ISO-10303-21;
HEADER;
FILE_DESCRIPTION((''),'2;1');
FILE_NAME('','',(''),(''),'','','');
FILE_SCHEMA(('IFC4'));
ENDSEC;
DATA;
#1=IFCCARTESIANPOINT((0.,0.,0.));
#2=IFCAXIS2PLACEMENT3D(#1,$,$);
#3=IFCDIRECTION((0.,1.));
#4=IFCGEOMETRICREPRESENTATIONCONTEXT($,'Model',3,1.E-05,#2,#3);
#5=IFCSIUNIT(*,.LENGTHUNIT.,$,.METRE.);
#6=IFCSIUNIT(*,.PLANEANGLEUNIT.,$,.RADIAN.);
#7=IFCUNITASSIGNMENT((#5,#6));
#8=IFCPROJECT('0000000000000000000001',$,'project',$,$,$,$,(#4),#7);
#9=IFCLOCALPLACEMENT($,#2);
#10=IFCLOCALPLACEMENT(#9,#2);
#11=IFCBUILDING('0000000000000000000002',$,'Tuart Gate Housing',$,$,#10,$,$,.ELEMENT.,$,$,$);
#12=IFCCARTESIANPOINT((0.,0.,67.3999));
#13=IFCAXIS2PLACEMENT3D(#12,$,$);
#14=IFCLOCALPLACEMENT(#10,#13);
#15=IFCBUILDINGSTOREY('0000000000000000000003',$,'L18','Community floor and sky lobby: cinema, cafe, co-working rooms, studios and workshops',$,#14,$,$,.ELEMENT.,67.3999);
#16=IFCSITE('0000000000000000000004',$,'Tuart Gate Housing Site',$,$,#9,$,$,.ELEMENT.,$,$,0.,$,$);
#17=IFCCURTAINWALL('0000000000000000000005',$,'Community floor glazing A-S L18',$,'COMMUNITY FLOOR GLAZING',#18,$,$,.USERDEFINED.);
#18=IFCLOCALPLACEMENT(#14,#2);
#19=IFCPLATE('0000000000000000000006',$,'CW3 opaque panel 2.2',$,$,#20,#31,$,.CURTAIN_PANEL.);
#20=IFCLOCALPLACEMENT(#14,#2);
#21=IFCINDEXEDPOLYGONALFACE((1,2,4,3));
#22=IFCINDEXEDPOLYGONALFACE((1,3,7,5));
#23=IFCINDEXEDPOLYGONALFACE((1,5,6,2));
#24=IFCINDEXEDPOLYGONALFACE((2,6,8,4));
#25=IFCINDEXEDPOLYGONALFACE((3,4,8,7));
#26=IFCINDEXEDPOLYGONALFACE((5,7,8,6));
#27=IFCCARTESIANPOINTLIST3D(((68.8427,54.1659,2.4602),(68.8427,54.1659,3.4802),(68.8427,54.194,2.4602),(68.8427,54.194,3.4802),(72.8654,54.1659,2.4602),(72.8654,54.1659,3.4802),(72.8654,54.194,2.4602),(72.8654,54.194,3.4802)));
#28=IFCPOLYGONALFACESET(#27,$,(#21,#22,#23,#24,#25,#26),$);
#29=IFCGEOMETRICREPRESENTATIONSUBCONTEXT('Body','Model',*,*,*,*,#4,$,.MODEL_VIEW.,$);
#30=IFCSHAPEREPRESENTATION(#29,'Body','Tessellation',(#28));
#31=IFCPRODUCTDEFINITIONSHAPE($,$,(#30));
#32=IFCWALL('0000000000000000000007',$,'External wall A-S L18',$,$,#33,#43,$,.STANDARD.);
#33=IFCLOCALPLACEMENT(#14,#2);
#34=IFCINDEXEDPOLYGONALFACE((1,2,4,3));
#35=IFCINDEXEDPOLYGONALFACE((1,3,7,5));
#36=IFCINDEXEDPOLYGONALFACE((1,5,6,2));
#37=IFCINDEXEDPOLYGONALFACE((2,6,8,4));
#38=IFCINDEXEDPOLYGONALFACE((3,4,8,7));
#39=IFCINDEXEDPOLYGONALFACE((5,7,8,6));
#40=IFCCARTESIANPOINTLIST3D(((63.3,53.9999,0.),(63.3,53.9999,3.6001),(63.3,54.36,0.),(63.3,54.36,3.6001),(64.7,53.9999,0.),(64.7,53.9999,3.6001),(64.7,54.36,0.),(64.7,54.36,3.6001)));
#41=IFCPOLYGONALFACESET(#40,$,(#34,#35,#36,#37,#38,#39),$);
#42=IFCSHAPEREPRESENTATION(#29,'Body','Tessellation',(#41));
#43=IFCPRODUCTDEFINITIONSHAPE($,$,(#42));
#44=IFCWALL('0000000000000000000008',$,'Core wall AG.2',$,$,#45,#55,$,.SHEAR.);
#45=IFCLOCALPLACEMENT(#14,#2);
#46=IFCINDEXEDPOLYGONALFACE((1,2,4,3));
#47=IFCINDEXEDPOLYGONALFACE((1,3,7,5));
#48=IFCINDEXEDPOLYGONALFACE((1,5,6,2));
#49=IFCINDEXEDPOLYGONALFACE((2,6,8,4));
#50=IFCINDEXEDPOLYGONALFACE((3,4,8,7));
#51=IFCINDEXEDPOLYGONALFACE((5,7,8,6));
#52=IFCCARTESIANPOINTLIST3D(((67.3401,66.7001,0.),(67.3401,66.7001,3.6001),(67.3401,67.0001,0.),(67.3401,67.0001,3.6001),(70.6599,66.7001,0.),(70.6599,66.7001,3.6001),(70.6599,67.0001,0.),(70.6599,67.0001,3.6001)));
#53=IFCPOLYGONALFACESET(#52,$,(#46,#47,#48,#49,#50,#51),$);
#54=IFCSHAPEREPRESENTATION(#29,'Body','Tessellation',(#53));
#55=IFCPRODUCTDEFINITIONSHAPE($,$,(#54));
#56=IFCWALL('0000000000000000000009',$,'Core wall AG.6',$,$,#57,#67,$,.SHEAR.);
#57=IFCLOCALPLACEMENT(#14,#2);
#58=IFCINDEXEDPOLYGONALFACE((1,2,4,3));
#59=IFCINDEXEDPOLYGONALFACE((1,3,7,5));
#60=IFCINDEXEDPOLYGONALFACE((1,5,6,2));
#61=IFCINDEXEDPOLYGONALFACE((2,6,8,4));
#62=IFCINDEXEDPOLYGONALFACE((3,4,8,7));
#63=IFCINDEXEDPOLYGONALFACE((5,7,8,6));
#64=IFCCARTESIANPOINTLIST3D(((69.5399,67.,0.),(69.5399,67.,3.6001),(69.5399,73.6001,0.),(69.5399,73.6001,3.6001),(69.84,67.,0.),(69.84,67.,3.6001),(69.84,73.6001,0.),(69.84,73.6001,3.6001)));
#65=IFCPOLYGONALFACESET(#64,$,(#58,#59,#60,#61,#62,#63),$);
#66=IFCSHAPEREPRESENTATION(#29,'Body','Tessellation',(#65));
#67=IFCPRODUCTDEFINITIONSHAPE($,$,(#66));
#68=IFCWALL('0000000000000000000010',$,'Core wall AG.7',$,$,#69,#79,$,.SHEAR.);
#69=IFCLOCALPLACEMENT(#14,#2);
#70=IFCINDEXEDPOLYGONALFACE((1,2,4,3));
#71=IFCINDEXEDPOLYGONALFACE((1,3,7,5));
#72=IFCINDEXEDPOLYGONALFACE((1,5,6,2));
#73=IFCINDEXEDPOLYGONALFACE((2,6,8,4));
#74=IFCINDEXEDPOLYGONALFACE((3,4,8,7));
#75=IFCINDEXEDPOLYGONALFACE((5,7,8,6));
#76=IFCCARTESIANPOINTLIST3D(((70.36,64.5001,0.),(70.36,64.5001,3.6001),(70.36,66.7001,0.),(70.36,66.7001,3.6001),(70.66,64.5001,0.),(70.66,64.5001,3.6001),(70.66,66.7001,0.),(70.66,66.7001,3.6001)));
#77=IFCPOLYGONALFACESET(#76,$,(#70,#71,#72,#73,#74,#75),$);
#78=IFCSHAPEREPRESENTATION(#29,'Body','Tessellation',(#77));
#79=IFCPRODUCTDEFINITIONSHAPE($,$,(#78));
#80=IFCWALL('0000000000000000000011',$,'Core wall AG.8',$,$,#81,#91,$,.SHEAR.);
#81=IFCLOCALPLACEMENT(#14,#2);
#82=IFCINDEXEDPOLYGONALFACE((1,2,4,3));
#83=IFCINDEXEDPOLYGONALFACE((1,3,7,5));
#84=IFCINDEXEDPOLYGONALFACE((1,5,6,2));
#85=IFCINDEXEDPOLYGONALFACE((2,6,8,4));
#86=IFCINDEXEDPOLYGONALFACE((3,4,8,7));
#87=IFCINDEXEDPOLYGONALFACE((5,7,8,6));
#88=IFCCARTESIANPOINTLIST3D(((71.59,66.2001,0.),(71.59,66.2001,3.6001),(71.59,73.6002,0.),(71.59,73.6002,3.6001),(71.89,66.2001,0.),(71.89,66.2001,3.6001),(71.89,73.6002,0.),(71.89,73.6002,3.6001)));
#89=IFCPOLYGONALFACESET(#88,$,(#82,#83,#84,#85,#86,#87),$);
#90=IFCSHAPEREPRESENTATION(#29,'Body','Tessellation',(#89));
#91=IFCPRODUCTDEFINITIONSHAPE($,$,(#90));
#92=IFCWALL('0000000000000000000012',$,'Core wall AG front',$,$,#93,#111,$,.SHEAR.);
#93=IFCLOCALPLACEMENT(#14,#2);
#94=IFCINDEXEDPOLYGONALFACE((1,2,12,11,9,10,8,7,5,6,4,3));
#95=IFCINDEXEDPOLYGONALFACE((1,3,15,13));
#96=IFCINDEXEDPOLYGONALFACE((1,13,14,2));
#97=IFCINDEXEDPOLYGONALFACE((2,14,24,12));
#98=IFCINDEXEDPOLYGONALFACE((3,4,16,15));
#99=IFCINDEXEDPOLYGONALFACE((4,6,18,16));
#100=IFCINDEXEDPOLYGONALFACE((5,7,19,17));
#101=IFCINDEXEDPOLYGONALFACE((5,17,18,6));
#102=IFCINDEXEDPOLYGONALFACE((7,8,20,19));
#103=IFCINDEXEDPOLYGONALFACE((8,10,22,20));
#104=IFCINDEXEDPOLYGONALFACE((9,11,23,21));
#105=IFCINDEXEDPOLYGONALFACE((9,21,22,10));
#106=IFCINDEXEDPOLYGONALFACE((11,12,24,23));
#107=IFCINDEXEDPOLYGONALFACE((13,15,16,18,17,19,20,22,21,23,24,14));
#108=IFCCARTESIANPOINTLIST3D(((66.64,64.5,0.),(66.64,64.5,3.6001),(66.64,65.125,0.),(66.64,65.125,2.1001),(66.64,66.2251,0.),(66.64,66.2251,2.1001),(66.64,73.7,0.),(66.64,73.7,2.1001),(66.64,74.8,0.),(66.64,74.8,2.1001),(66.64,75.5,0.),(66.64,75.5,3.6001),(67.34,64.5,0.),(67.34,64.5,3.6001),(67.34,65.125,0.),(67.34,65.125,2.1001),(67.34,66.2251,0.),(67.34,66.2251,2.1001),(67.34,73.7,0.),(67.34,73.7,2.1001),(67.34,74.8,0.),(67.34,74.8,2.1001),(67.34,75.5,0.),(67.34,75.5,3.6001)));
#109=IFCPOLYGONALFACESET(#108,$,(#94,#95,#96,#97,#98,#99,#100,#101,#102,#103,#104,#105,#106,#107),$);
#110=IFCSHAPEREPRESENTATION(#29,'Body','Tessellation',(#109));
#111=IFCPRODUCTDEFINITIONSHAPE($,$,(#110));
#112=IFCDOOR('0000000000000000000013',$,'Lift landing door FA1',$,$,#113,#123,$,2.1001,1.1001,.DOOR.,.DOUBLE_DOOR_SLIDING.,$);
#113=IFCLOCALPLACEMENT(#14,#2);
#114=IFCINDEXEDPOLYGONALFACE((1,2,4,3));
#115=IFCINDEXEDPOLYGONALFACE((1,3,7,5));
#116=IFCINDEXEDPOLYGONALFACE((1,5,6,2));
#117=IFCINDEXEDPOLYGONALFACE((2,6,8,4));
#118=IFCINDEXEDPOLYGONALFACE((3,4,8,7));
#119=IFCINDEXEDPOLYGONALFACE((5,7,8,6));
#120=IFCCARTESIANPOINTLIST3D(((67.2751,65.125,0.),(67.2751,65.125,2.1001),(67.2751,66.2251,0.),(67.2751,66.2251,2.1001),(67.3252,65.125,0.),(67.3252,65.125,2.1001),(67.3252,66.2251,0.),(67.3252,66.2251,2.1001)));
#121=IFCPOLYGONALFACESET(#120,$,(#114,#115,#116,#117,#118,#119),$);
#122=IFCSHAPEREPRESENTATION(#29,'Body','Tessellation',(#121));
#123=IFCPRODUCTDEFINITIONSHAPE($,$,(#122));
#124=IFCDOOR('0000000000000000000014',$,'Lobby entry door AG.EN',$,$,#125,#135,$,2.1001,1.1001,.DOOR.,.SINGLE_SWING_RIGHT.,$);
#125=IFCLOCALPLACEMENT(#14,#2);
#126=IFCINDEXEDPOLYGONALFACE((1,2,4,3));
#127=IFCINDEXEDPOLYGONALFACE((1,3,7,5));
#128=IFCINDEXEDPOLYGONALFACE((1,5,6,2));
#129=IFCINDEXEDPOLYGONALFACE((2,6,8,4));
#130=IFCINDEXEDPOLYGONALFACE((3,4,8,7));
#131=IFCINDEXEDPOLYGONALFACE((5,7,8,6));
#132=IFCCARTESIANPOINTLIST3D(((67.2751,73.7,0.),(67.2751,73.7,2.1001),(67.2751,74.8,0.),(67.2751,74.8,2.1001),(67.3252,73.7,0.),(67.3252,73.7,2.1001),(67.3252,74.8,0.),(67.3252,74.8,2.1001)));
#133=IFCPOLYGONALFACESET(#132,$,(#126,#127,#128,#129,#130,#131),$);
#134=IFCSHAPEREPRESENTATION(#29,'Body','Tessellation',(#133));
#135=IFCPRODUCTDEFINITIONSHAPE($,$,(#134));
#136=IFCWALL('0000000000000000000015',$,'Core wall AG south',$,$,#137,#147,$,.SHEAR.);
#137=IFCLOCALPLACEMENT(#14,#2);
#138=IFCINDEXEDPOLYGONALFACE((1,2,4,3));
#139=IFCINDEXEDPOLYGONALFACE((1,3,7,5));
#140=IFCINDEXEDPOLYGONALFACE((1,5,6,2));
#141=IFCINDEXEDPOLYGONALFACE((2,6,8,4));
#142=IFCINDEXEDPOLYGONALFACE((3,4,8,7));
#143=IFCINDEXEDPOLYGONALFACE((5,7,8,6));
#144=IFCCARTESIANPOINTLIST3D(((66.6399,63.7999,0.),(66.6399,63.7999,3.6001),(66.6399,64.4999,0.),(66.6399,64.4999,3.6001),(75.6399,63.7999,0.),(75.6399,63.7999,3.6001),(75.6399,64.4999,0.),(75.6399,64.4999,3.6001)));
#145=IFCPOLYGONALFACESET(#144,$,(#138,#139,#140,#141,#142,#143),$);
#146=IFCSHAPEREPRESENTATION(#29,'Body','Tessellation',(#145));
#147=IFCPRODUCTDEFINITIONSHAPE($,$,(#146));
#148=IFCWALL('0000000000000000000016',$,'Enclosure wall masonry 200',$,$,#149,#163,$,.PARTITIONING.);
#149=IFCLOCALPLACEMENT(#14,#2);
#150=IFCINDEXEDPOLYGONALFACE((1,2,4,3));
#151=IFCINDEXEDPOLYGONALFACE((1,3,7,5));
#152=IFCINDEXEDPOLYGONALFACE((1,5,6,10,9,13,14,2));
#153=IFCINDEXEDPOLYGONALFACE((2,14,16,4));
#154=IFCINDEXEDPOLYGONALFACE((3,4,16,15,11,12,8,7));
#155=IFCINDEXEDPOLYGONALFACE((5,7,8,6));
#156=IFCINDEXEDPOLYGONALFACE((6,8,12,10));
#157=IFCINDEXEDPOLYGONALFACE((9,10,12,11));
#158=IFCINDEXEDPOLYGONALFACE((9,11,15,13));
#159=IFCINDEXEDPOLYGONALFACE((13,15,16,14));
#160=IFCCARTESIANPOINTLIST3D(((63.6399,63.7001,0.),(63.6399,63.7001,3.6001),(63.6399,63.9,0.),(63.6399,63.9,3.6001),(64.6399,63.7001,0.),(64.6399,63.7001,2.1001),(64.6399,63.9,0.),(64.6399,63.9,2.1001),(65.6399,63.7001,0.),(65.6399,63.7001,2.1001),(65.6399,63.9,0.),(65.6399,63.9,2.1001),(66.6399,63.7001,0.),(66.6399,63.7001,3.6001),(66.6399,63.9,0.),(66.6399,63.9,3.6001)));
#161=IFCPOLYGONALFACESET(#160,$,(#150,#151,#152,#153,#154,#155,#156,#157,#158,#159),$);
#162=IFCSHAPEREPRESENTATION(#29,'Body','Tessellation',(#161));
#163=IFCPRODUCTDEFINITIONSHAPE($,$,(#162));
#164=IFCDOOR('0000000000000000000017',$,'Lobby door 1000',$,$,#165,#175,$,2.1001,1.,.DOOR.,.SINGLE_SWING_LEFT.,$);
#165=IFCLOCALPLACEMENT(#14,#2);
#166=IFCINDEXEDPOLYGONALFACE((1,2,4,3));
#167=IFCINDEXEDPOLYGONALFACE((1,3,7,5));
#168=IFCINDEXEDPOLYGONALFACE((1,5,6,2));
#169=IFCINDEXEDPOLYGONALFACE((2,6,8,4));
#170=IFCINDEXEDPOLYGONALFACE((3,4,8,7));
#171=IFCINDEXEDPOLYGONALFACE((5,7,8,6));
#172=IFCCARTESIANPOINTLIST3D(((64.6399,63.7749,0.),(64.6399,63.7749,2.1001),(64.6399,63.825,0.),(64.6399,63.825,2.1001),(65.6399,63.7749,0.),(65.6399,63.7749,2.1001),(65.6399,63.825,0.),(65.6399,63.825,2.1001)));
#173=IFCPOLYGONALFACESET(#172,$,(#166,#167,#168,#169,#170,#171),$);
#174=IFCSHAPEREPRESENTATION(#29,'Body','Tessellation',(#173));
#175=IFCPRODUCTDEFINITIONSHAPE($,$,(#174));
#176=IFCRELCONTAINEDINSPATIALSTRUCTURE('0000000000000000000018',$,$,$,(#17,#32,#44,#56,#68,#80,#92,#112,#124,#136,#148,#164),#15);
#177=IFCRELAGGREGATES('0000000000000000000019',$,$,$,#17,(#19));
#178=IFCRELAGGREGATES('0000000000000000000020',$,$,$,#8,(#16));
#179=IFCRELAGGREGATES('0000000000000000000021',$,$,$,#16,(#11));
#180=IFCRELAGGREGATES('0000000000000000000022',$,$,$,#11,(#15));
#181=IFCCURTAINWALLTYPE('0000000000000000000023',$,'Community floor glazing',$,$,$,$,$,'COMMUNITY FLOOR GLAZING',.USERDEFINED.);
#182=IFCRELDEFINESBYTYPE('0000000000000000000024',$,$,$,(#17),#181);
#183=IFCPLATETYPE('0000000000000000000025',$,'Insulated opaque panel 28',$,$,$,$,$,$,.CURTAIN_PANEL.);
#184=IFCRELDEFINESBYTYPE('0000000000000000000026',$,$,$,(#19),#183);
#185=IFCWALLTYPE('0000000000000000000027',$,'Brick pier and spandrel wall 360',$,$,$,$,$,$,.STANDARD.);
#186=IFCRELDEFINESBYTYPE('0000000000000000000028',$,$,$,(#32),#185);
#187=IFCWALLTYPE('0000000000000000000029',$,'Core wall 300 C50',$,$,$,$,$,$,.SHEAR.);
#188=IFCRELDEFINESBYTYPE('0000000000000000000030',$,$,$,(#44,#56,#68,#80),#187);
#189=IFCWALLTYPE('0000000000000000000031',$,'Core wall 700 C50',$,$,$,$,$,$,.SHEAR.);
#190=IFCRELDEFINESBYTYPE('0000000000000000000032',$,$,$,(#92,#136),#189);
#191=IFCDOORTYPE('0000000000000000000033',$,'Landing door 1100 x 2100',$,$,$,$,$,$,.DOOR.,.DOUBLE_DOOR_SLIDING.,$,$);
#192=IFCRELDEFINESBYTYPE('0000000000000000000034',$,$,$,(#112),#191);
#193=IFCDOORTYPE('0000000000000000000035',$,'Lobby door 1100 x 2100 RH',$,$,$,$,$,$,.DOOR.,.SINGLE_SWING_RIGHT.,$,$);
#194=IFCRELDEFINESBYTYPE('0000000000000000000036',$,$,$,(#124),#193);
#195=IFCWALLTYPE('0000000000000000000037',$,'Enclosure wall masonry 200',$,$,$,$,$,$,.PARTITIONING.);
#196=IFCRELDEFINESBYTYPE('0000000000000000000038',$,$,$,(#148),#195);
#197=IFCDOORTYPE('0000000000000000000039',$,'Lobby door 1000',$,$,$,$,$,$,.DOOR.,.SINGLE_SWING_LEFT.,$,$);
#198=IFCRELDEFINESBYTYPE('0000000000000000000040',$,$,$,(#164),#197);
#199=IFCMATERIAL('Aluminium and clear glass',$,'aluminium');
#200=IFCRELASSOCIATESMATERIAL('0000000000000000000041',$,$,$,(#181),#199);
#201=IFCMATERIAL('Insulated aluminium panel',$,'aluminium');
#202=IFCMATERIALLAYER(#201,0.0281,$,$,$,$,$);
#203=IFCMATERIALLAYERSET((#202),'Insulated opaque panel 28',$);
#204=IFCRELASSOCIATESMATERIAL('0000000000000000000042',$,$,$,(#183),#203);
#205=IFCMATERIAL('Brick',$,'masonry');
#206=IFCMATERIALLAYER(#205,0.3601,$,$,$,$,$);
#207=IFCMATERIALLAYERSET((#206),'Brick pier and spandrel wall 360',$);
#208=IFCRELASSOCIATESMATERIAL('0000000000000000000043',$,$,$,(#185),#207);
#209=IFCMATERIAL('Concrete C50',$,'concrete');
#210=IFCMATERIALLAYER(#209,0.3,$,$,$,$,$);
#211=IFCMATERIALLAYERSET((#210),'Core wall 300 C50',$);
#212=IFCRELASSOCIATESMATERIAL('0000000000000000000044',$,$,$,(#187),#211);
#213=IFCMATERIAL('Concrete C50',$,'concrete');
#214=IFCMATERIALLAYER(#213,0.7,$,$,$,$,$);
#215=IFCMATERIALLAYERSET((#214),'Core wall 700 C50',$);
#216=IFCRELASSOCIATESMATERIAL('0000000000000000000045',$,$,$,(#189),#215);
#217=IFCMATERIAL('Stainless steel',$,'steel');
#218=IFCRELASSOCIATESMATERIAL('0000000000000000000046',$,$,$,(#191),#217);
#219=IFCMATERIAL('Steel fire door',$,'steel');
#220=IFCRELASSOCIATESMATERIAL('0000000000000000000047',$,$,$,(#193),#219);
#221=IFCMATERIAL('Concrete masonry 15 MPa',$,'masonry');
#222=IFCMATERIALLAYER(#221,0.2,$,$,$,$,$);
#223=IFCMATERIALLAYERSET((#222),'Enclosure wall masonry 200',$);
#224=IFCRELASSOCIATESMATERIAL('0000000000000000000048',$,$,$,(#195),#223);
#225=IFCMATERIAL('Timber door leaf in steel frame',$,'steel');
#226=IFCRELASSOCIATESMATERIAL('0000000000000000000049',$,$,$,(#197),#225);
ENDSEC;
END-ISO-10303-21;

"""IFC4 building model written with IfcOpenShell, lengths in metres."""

from ifc_helpers import new_model, si_unit, direction, frame, frame_2d, origin, origin_2d, place, context, subcontext, project, spatial, rectangle, extrude, material, layer, layer_set, type_object, element, fill, aggregate, save


model = new_model("IFC4")

# Units and contexts
model_context = context("Model", 3, precision=1e-05, world=origin(), true_north=direction((0.0, 1.0)))
body_context = subcontext(model_context, "Body", "Model", "MODEL_VIEW")
ifc_project = project(units=[si_unit("LENGTHUNIT", "METRE"), si_unit("PLANEANGLEUNIT", "RADIAN")], contexts=[model_context])

# Site, building, storey
site_placement = place(None, origin())
site = spatial("IfcSite", under=ifc_project, at=site_placement, Name="Tuart Gate Housing Site", CompositionType="ELEMENT", RefElevation=0.0)
building_placement = place(site_placement, origin())
building = spatial("IfcBuilding", under=site, at=building_placement, Name="Tuart Gate Housing", CompositionType="ELEMENT")
storey_placement = place(building_placement, frame((0.0, 0.0, 67.3999)))
storey = spatial("IfcBuildingStorey", under=building, at=storey_placement, Name="L18", Description="Community floor and sky lobby: cinema, cafe, co-working rooms, studios and workshops", CompositionType="ELEMENT", Elevation=67.3999)

# Shared definitions
ifc_material_1 = material(Name="Aluminium and clear glass", Category="aluminium")
curtain_wall_type = type_object("IfcCurtainWallType", Name="Community floor glazing", ElementType="COMMUNITY FLOOR GLAZING", PredefinedType="USERDEFINED", material=ifc_material_1)

# Curtain wall, plate
curtain_wall_1_placement = place(storey_placement, origin())
curtain_wall_1 = element("IfcCurtainWall", 1, at=curtain_wall_1_placement, inside=storey, type_object=curtain_wall_type, Name="Community floor glazing A-S L18", ObjectType="COMMUNITY FLOOR GLAZING", PredefinedType="USERDEFINED")
ifc_material_2 = material(Name="Insulated aluminium panel", Category="aluminium")
ifc_layer_1 = layer(ifc_material_2, 0.0281)
ifc_layer_set_1 = layer_set([ifc_layer_1], Name="Insulated opaque panel 28")
plate_type_1 = type_object("IfcPlateType", Name="Insulated opaque panel 28", PredefinedType="CURTAIN_PANEL", material=ifc_layer_set_1)
plate_1_placement = place(storey_placement, frame((70.854, 54.1799, 2.4602), z_axis=(0.0, 0.0, 1.0), x_axis=(1.0, 0.0, 0.0)))
plate_1 = element("IfcPlate", 2, at=plate_1_placement, type_object=plate_type_1, Name="CW3 opaque panel 2.2", PredefinedType="CURTAIN_PANEL", context=body_context, shape_type="SweptSolid", body=[
    extrude(rectangle(XDim=4.0227, YDim=0.0281, at=origin_2d()), origin(), (0.0, 0.0, 1.0), 1.02),
])
aggregate(curtain_wall_1, [plate_1])

# Walls
ifc_material_3 = material(Name="Brick", Category="masonry")
ifc_layer_2 = layer(ifc_material_3, 0.3601)
ifc_layer_set_2 = layer_set([ifc_layer_2], Name="Brick pier and spandrel wall 360")
wall_type_1 = type_object("IfcWallType", Name="Brick pier and spandrel wall 360", PredefinedType="STANDARD", material=ifc_layer_set_2)
wall_1_placement = place(storey_placement, frame((63.3, 54.1799, 0.0), z_axis=(0.0, 0.0, 1.0), x_axis=(1.0, 0.0, 0.0)))
element("IfcWall", 3, at=wall_1_placement, inside=storey, type_object=wall_type_1, Name="External wall A-S L18", PredefinedType="STANDARD", context=body_context, shape_type="SweptSolid", body=[
    extrude(rectangle(XDim=1.3999, YDim=0.3601, at=frame_2d((0.7, 0.0))), origin(), (0.0, 0.0, 1.0), 3.6001),
])
ifc_material_4 = material(Name="Concrete C50", Category="concrete")
ifc_layer_3 = layer(ifc_material_4, 0.3)
ifc_layer_set_3 = layer_set([ifc_layer_3], Name="Core wall 300 C50")
wall_type_2 = type_object("IfcWallType", Name="Core wall 300 C50", PredefinedType="SHEAR", material=ifc_layer_set_3)
wall_2_placement = place(storey_placement, frame((67.3401, 66.8501, 0.0), z_axis=(0.0, 0.0, 1.0), x_axis=(1.0, 0.0, 0.0)))
element("IfcWall", 4, at=wall_2_placement, inside=storey, type_object=wall_type_2, Name="Core wall AG.2", PredefinedType="SHEAR", context=body_context, shape_type="SweptSolid", body=[
    extrude(rectangle(XDim=3.3198, YDim=0.3, at=frame_2d((1.6599, 0.0))), origin(), (0.0, 0.0, 1.0), 3.6001),
])
wall_3_placement = place(storey_placement, frame((69.6899, 67.0, 0.0), z_axis=(0.0, 0.0, 1.0), x_axis=(0.0, 1.0, 0.0)))
element("IfcWall", 5, at=wall_3_placement, inside=storey, type_object=wall_type_2, Name="Core wall AG.6", PredefinedType="SHEAR", context=body_context, shape_type="SweptSolid", body=[
    extrude(rectangle(XDim=6.6001, YDim=0.3, at=frame_2d((3.3, 0.0))), origin(), (0.0, 0.0, 1.0), 3.6001),
])
wall_4_placement = place(storey_placement, frame((70.51, 64.5, 0.0), z_axis=(0.0, 0.0, 1.0), x_axis=(0.0, 1.0, 0.0)))
element("IfcWall", 6, at=wall_4_placement, inside=storey, type_object=wall_type_2, Name="Core wall AG.7", PredefinedType="SHEAR", context=body_context, shape_type="SweptSolid", body=[
    extrude(rectangle(XDim=2.2, YDim=0.3, at=frame_2d((1.1001, 0.0))), origin(), (0.0, 0.0, 1.0), 3.6001),
])
wall_5_placement = place(storey_placement, frame((71.74, 66.2, 0.0), z_axis=(0.0, 0.0, 1.0), x_axis=(0.0, 1.0, 0.0)))
element("IfcWall", 7, at=wall_5_placement, inside=storey, type_object=wall_type_2, Name="Core wall AG.8", PredefinedType="SHEAR", context=body_context, shape_type="SweptSolid", body=[
    extrude(rectangle(XDim=7.4001, YDim=0.3, at=frame_2d((3.7002, 0.0))), origin(), (0.0, 0.0, 1.0), 3.6001),
])

# Wall, openings, doors
ifc_material_5 = material(Name="Concrete C50", Category="concrete")
ifc_layer_4 = layer(ifc_material_5, 0.7)
ifc_layer_set_4 = layer_set([ifc_layer_4], Name="Core wall 700 C50")
wall_type_3 = type_object("IfcWallType", Name="Core wall 700 C50", PredefinedType="SHEAR", material=ifc_layer_set_4)
wall_6_placement = place(storey_placement, frame((66.99, 64.5, 0.0), z_axis=(0.0, 0.0, 1.0), x_axis=(0.0, 1.0, 0.0)))
wall_6 = element("IfcWall", 8, at=wall_6_placement, inside=storey, type_object=wall_type_3, Name="Core wall AG front", PredefinedType="SHEAR", context=body_context, shape_type="SweptSolid", body=[
    extrude(rectangle(XDim=11.0, YDim=0.7, at=frame_2d((5.5, 0.0))), origin(), (0.0, 0.0, 1.0), 3.6001),
])
opening_1_placement = place(wall_6_placement, frame((0.625, 0.0, 0.0)))
opening_1 = element("IfcOpeningElement", 9, at=opening_1_placement, cuts=wall_6, PredefinedType="OPENING", context=body_context, shape_type="SweptSolid", body=[
    extrude(rectangle(XDim=1.1001, YDim=2.1001, at=frame_2d((0.55, 1.05))), frame((0.0, 0.3599, 0.0), z_axis=(0.0, -1.0, 0.0), x_axis=(1.0, 0.0, 0.0)), (0.0, 0.0, 1.0), 0.72),
])
opening_2_placement = place(wall_6_placement, frame((9.2, 0.0, 0.0)))
opening_2 = element("IfcOpeningElement", 10, at=opening_2_placement, cuts=wall_6, PredefinedType="OPENING", context=body_context, shape_type="SweptSolid", body=[
    extrude(rectangle(XDim=1.1001, YDim=2.1001, at=frame_2d((0.55, 1.05))), frame((0.0, 0.3599, 0.0), z_axis=(0.0, -1.0, 0.0), x_axis=(1.0, 0.0, 0.0)), (0.0, 0.0, 1.0), 0.72),
])
ifc_material_6 = material(Name="Stainless steel", Category="steel")
door_type_1 = type_object("IfcDoorType", Name="Landing door 1100 x 2100", OperationType="DOUBLE_DOOR_SLIDING", PredefinedType="DOOR", material=ifc_material_6)
door_1_placement = place(opening_1_placement, origin())
door_1 = element("IfcDoor", 11, at=door_1_placement, inside=storey, type_object=door_type_1, Name="Lift landing door FA1", OperationType="DOUBLE_DOOR_SLIDING", OverallHeight=2.1001, OverallWidth=1.1001, PredefinedType="DOOR", context=body_context, shape_type="SweptSolid", body=[
    extrude(rectangle(XDim=1.1001, YDim=2.1001, at=frame_2d((0.55, 1.05))), frame((0.0, -0.2852, 0.0), z_axis=(0.0, -1.0, 0.0), x_axis=(1.0, 0.0, 0.0)), (0.0, 0.0, 1.0), 0.05),
])
fill(opening_1, door_1)
ifc_material_7 = material(Name="Steel fire door", Category="steel")
door_type_2 = type_object("IfcDoorType", Name="Lobby door 1100 x 2100 RH", OperationType="SINGLE_SWING_RIGHT", PredefinedType="DOOR", material=ifc_material_7)
door_2_placement = place(opening_2_placement, frame((1.1001, 0.0, 0.0), z_axis=(0.0, 0.0, 1.0), x_axis=(-1.0, 0.0, 0.0)))
door_2 = element("IfcDoor", 12, at=door_2_placement, inside=storey, type_object=door_type_2, Name="Lobby entry door AG.EN", OperationType="SINGLE_SWING_RIGHT", OverallHeight=2.1001, OverallWidth=1.1001, PredefinedType="DOOR", context=body_context, shape_type="SweptSolid", body=[
    extrude(rectangle(XDim=1.1001, YDim=2.1001, at=frame_2d((0.55, 1.05))), frame((0.0, 0.3352, 0.0), z_axis=(0.0, -1.0, 0.0), x_axis=(1.0, 0.0, 0.0)), (0.0, 0.0, 1.0), 0.05),
])
fill(opening_2, door_2)

# Wall
wall_7_placement = place(storey_placement, frame((66.6399, 64.1499, 0.0), z_axis=(0.0, 0.0, 1.0), x_axis=(1.0, 0.0, 0.0)))
element("IfcWall", 13, at=wall_7_placement, inside=storey, type_object=wall_type_3, Name="Core wall AG south", PredefinedType="SHEAR", context=body_context, shape_type="SweptSolid", body=[
    extrude(rectangle(XDim=9.0, YDim=0.7, at=frame_2d((4.5, 0.0))), origin(), (0.0, 0.0, 1.0), 3.6001),
])

# Wall, opening, door
ifc_material_8 = material(Name="Concrete masonry 15 MPa", Category="masonry")
ifc_layer_5 = layer(ifc_material_8, 0.2)
ifc_layer_set_5 = layer_set([ifc_layer_5], Name="Enclosure wall masonry 200")
wall_type_4 = type_object("IfcWallType", Name="Enclosure wall masonry 200", PredefinedType="PARTITIONING", material=ifc_layer_set_5)
wall_8_placement = place(storey_placement, frame((63.6399, 63.8, 0.0), z_axis=(0.0, 0.0, 1.0), x_axis=(1.0, 0.0, 0.0)))
wall_8 = element("IfcWall", 14, at=wall_8_placement, inside=storey, type_object=wall_type_4, Name="Enclosure wall masonry 200", PredefinedType="PARTITIONING", context=body_context, shape_type="SweptSolid", body=[
    extrude(rectangle(XDim=3.0, YDim=0.2, at=frame_2d((1.5, 0.0))), origin(), (0.0, 0.0, 1.0), 3.6001),
])
opening_3_placement = place(wall_8_placement, frame((1.0, 0.0, 0.0)))
opening_3 = element("IfcOpeningElement", 15, at=opening_3_placement, cuts=wall_8, PredefinedType="OPENING", context=body_context, shape_type="SweptSolid", body=[
    extrude(rectangle(XDim=1.0, YDim=2.1001, at=frame_2d((0.5, 1.05))), frame((0.0, 0.1099, 0.0), z_axis=(0.0, -1.0, 0.0), x_axis=(1.0, 0.0, 0.0)), (0.0, 0.0, 1.0), 0.22),
])
ifc_material_9 = material(Name="Timber door leaf in steel frame", Category="steel")
door_type_3 = type_object("IfcDoorType", Name="Lobby door 1000", OperationType="SINGLE_SWING_LEFT", PredefinedType="DOOR", material=ifc_material_9)
door_3_placement = place(opening_3_placement, origin())
door_3 = element("IfcDoor", 16, at=door_3_placement, inside=storey, type_object=door_type_3, Name="Lobby door 1000", OperationType="SINGLE_SWING_LEFT", OverallHeight=2.1001, OverallWidth=1.0, PredefinedType="DOOR", context=body_context, shape_type="SweptSolid", body=[
    extrude(rectangle(XDim=1.0, YDim=2.1001, at=frame_2d((0.5, 1.05))), frame((0.0, 0.0249, 0.0), z_axis=(0.0, -1.0, 0.0), x_axis=(1.0, 0.0, 0.0)), (0.0, 0.0, 1.0), 0.05),
])
fill(opening_3, door_3)

save(model, "model.ifc")
